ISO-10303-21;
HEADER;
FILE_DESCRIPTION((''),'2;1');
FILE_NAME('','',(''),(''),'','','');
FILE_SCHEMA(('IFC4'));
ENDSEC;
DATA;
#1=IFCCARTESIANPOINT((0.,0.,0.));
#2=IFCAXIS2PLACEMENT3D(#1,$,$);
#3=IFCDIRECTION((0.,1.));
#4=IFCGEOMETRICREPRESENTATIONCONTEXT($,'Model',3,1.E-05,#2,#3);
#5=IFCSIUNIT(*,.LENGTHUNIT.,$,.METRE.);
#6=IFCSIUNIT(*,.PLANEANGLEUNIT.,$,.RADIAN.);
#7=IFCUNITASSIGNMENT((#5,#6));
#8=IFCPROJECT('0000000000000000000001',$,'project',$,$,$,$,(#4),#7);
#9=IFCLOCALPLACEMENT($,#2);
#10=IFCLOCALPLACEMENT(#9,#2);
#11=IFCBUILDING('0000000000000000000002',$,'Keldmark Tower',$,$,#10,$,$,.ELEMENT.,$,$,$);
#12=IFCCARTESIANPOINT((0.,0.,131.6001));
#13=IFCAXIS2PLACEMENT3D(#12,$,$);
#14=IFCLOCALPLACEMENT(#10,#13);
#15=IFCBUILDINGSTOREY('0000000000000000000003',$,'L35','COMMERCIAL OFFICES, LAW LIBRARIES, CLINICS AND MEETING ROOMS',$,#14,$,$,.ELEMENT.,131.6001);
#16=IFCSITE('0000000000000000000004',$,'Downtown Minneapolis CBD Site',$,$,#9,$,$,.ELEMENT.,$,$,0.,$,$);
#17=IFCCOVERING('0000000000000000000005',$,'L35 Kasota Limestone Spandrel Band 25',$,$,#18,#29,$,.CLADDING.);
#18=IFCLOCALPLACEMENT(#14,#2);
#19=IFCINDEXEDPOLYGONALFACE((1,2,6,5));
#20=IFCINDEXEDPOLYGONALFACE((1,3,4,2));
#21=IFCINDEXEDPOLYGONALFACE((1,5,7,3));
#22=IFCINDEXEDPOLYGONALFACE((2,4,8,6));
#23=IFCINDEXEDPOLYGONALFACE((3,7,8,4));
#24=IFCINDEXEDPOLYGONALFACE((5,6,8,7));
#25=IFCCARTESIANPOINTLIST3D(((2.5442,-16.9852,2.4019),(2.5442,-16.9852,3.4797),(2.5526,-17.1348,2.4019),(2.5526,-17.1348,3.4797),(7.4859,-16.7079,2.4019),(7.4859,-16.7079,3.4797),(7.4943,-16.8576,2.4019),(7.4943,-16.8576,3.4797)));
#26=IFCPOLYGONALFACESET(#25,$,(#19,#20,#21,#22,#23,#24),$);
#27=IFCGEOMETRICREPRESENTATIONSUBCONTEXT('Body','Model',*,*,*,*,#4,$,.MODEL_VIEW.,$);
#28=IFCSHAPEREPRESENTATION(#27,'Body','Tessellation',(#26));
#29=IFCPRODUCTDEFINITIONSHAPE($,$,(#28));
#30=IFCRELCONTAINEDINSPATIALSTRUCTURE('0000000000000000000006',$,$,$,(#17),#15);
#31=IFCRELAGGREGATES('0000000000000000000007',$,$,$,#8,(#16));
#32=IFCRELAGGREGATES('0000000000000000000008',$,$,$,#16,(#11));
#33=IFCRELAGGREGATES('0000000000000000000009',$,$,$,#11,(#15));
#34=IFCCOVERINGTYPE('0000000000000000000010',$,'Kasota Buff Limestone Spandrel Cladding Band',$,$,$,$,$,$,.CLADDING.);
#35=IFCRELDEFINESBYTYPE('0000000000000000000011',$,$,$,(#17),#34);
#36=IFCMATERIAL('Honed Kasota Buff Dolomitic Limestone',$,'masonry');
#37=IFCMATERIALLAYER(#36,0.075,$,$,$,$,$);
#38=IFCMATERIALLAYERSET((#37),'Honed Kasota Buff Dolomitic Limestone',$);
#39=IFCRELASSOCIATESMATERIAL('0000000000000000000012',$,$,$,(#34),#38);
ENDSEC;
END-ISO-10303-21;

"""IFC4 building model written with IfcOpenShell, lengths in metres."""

from ifc_helpers import new_model, si_unit, direction, frame, origin, origin_2d, place, context, subcontext, project, spatial, rectangle, extrude, material, layer, layer_set, type_object, element, save


model = new_model("IFC4")

# Units and contexts
model_context = context("Model", 3, precision=1e-05, world=origin(), true_north=direction((0.0, 1.0)))
body_context = subcontext(model_context, "Body", "Model", "MODEL_VIEW")
ifc_project = project(units=[si_unit("LENGTHUNIT", "METRE"), si_unit("PLANEANGLEUNIT", "RADIAN")], contexts=[model_context])

# Site, building, storey
site_placement = place(None, origin())
site = spatial("IfcSite", under=ifc_project, at=site_placement, Name="Downtown Minneapolis CBD Site", CompositionType="ELEMENT", RefElevation=0.0)
building_placement = place(site_placement, origin())
building = spatial("IfcBuilding", under=site, at=building_placement, Name="Keldmark Tower", CompositionType="ELEMENT")
storey_placement = place(building_placement, frame((0.0, 0.0, 131.6001)))
storey = spatial("IfcBuildingStorey", under=building, at=storey_placement, Name="L35", Description="COMMERCIAL OFFICES, LAW LIBRARIES, CLINICS AND MEETING ROOMS", CompositionType="ELEMENT", Elevation=131.6001)

# Covering
ifc_material_1 = material(Name="Honed Kasota Buff Dolomitic Limestone", Category="masonry")
ifc_layer_1 = layer(ifc_material_1, 0.075)
ifc_layer_set_1 = layer_set([ifc_layer_1], Name="Honed Kasota Buff Dolomitic Limestone")
covering_type = type_object("IfcCoveringType", Name="Kasota Buff Limestone Spandrel Cladding Band", PredefinedType="CLADDING", material=ifc_layer_set_1)
covering_placement = place(storey_placement, frame((5.0193, -16.9214, 2.4019), z_axis=(0.0, 0.0, 1.0), x_axis=(0.99843, 0.056013, 0.0)))
element("IfcCovering", 1, at=covering_placement, inside=storey, type_object=covering_type, Name="L35 Kasota Limestone Spandrel Band 25", PredefinedType="CLADDING", context=body_context, shape_type="SweptSolid", body=[
    extrude(rectangle(XDim=4.9495, YDim=0.1499, at=origin_2d()), origin(), (0.0, 0.0, 1.0), 1.0779),
])

save(model, "model.ifc")
